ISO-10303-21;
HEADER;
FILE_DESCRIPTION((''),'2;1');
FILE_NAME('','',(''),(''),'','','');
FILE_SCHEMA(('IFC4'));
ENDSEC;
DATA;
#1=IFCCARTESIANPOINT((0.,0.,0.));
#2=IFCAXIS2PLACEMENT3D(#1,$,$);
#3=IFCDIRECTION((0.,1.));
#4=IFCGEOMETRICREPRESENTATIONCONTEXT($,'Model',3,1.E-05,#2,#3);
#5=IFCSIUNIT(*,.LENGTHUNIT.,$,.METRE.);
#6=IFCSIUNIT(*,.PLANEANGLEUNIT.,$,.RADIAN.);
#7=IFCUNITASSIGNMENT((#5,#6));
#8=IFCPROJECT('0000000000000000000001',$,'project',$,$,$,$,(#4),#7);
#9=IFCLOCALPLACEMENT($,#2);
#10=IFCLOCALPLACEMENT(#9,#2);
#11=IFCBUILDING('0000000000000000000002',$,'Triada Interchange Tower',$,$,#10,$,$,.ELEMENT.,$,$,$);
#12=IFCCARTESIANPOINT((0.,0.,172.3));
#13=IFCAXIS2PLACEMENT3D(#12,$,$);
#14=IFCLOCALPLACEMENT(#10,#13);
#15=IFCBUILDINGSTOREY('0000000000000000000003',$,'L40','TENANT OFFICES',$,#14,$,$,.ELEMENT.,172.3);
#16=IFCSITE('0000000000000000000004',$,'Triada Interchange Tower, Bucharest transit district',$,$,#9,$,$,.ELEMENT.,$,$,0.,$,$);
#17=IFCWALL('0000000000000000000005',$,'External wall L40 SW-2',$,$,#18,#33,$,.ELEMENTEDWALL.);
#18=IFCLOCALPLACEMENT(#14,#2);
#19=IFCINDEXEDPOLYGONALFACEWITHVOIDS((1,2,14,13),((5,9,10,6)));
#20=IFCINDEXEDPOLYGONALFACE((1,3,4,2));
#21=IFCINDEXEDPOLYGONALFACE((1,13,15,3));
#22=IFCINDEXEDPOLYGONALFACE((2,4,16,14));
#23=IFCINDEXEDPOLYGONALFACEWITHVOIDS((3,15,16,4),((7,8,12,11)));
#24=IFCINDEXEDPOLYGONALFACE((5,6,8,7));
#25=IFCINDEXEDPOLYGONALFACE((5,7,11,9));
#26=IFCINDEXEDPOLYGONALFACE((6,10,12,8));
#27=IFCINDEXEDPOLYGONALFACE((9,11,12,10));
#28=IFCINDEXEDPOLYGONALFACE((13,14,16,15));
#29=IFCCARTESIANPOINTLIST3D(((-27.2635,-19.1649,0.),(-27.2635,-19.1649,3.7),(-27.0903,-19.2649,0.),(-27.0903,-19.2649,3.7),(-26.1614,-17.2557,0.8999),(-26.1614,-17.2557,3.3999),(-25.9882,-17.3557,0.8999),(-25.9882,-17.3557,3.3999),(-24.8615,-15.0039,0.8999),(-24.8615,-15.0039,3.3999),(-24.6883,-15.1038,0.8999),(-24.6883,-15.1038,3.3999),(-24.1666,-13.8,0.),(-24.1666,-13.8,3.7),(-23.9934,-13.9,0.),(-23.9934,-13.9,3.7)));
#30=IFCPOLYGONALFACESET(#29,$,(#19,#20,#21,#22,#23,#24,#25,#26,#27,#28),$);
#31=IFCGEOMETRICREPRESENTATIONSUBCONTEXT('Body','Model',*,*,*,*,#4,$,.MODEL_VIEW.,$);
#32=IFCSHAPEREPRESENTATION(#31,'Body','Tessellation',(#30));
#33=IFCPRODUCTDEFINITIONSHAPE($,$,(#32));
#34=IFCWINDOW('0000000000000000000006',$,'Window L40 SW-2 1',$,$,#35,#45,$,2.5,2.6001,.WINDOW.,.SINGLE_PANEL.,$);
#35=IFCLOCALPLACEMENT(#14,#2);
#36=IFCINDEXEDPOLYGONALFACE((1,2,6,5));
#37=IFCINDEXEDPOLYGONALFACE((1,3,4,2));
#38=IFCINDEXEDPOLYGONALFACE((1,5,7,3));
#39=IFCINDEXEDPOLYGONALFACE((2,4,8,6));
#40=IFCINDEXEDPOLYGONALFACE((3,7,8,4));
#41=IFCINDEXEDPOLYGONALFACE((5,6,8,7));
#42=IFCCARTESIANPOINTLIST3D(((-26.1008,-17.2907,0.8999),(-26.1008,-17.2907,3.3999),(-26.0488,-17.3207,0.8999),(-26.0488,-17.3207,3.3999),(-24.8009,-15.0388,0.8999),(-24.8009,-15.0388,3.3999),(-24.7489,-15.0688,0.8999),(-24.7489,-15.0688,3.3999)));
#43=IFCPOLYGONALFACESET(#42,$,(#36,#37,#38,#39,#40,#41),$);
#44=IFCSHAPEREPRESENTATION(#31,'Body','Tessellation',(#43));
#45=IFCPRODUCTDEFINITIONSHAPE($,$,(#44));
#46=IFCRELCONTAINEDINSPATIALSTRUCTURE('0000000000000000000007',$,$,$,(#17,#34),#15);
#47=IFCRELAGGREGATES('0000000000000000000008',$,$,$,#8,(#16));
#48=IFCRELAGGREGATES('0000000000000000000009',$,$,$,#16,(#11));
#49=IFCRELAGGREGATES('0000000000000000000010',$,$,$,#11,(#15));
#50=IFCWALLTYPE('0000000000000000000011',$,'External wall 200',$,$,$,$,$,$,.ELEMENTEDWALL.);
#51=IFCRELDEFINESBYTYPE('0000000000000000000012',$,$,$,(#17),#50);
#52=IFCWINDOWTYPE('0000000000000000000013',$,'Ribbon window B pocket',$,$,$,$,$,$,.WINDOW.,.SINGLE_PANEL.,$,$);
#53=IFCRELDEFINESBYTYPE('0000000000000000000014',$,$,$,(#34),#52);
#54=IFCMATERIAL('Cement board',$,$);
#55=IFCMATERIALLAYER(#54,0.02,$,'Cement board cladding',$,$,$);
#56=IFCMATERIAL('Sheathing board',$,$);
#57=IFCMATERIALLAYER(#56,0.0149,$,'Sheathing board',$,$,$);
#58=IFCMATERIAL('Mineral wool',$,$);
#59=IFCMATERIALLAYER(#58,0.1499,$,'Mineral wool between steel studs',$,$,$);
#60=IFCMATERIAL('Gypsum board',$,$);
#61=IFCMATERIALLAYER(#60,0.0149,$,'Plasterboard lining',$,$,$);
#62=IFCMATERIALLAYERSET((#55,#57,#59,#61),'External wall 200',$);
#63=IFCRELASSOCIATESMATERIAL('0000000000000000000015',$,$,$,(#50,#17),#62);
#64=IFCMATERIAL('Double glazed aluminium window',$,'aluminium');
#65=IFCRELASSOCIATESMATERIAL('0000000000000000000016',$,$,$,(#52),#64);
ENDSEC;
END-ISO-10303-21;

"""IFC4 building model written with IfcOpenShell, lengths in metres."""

from ifc_helpers import new_model, si_unit, direction, frame, frame_2d, origin, place, context, subcontext, project, spatial, rectangle, extrude, material, layer, layer_set, layer_usage, type_object, element, fill, save


model = new_model("IFC4")

# Units and contexts
model_context = context("Model", 3, precision=1e-05, world=origin(), true_north=direction((0.0, 1.0)))
body_context = subcontext(model_context, "Body", "Model", "MODEL_VIEW")
ifc_project = project(units=[si_unit("LENGTHUNIT", "METRE"), si_unit("PLANEANGLEUNIT", "RADIAN")], contexts=[model_context])

# Site, building, storey
site_placement = place(None, origin())
site = spatial("IfcSite", under=ifc_project, at=site_placement, Name="Triada Interchange Tower, Bucharest transit district", CompositionType="ELEMENT", RefElevation=0.0)
building_placement = place(site_placement, origin())
building = spatial("IfcBuilding", under=site, at=building_placement, Name="Triada Interchange Tower", CompositionType="ELEMENT")
storey_placement = place(building_placement, frame((0.0, 0.0, 172.3)))
storey = spatial("IfcBuildingStorey", under=building, at=storey_placement, Name="L40", Description="TENANT OFFICES", CompositionType="ELEMENT", Elevation=172.3)

# Wall, opening, window
ifc_material_1 = material(Name="Cement board")
ifc_layer_1 = layer(ifc_material_1, 0.02, Name="Cement board cladding")
ifc_material_2 = material(Name="Sheathing board")
ifc_layer_2 = layer(ifc_material_2, 0.0149, Name="Sheathing board")
ifc_material_3 = material(Name="Mineral wool")
ifc_layer_3 = layer(ifc_material_3, 0.1499, Name="Mineral wool between steel studs")
ifc_material_4 = material(Name="Gypsum board")
ifc_layer_4 = layer(ifc_material_4, 0.0149, Name="Plasterboard lining")
ifc_layer_set_1 = layer_set([ifc_layer_1, ifc_layer_2, ifc_layer_3, ifc_layer_4], Name="External wall 200")
ifc_layer_usage = layer_usage(ifc_layer_set_1, "AXIS2", "POSITIVE", -0.1001)
wall_type_1 = type_object("IfcWallType", Name="External wall 200", PredefinedType="ELEMENTEDWALL", material=ifc_layer_set_1)
ifc_material_5 = material(Name="Double glazed aluminium window", Category="aluminium")
window_type_1 = type_object("IfcWindowType", Name="Ribbon window B pocket", PartitioningType="SINGLE_PANEL", PredefinedType="WINDOW", material=ifc_material_5)
wall_1_placement = place(storey_placement, frame((-24.0801, -13.8501, 0.0), z_axis=(0.0, 0.0, 1.0), x_axis=(-0.499933, -0.866064, 0.0)))
wall_1 = element("IfcWall", 1, at=wall_1_placement, inside=storey, type_object=wall_type_1, material=ifc_layer_usage, Name="External wall L40 SW-2", PredefinedType="ELEMENTEDWALL", context=body_context, shape_type="SweptSolid", body=[
    extrude(rectangle(XDim=6.1946, YDim=0.2, at=frame_2d((3.0972, 0.0))), origin(), (0.0, 0.0, 1.0), 3.7),
])
opening_1_placement = place(wall_1_placement, frame((1.3899, 0.0, 0.8999)))
opening_1 = element("IfcOpeningElement", 2, at=opening_1_placement, cuts=wall_1, PredefinedType="OPENING", context=body_context, shape_type="SweptSolid", body=[
    extrude(rectangle(XDim=2.6001, YDim=2.5, at=frame_2d((1.3, 1.25))), frame((0.0, 0.1099, 0.0), z_axis=(0.0, -1.0, 0.0), x_axis=(1.0, 0.0, 0.0)), (0.0, 0.0, 1.0), 0.22),
])
window_1_placement = place(opening_1_placement, origin())
window_1 = element("IfcWindow", 3, at=window_1_placement, inside=storey, type_object=window_type_1, Name="Window L40 SW-2 1", OverallHeight=2.5, OverallWidth=2.6001, PartitioningType="SINGLE_PANEL", PredefinedType="WINDOW", context=body_context, shape_type="SweptSolid", body=[
    extrude(rectangle(XDim=2.6001, YDim=2.5, at=frame_2d((1.3, 1.25))), frame((0.0, 0.03, 0.0), z_axis=(0.0, -1.0, 0.0), x_axis=(1.0, 0.0, 0.0)), (0.0, 0.0, 1.0), 0.0601),
])
fill(opening_1, window_1)

save(model, "model.ifc")
